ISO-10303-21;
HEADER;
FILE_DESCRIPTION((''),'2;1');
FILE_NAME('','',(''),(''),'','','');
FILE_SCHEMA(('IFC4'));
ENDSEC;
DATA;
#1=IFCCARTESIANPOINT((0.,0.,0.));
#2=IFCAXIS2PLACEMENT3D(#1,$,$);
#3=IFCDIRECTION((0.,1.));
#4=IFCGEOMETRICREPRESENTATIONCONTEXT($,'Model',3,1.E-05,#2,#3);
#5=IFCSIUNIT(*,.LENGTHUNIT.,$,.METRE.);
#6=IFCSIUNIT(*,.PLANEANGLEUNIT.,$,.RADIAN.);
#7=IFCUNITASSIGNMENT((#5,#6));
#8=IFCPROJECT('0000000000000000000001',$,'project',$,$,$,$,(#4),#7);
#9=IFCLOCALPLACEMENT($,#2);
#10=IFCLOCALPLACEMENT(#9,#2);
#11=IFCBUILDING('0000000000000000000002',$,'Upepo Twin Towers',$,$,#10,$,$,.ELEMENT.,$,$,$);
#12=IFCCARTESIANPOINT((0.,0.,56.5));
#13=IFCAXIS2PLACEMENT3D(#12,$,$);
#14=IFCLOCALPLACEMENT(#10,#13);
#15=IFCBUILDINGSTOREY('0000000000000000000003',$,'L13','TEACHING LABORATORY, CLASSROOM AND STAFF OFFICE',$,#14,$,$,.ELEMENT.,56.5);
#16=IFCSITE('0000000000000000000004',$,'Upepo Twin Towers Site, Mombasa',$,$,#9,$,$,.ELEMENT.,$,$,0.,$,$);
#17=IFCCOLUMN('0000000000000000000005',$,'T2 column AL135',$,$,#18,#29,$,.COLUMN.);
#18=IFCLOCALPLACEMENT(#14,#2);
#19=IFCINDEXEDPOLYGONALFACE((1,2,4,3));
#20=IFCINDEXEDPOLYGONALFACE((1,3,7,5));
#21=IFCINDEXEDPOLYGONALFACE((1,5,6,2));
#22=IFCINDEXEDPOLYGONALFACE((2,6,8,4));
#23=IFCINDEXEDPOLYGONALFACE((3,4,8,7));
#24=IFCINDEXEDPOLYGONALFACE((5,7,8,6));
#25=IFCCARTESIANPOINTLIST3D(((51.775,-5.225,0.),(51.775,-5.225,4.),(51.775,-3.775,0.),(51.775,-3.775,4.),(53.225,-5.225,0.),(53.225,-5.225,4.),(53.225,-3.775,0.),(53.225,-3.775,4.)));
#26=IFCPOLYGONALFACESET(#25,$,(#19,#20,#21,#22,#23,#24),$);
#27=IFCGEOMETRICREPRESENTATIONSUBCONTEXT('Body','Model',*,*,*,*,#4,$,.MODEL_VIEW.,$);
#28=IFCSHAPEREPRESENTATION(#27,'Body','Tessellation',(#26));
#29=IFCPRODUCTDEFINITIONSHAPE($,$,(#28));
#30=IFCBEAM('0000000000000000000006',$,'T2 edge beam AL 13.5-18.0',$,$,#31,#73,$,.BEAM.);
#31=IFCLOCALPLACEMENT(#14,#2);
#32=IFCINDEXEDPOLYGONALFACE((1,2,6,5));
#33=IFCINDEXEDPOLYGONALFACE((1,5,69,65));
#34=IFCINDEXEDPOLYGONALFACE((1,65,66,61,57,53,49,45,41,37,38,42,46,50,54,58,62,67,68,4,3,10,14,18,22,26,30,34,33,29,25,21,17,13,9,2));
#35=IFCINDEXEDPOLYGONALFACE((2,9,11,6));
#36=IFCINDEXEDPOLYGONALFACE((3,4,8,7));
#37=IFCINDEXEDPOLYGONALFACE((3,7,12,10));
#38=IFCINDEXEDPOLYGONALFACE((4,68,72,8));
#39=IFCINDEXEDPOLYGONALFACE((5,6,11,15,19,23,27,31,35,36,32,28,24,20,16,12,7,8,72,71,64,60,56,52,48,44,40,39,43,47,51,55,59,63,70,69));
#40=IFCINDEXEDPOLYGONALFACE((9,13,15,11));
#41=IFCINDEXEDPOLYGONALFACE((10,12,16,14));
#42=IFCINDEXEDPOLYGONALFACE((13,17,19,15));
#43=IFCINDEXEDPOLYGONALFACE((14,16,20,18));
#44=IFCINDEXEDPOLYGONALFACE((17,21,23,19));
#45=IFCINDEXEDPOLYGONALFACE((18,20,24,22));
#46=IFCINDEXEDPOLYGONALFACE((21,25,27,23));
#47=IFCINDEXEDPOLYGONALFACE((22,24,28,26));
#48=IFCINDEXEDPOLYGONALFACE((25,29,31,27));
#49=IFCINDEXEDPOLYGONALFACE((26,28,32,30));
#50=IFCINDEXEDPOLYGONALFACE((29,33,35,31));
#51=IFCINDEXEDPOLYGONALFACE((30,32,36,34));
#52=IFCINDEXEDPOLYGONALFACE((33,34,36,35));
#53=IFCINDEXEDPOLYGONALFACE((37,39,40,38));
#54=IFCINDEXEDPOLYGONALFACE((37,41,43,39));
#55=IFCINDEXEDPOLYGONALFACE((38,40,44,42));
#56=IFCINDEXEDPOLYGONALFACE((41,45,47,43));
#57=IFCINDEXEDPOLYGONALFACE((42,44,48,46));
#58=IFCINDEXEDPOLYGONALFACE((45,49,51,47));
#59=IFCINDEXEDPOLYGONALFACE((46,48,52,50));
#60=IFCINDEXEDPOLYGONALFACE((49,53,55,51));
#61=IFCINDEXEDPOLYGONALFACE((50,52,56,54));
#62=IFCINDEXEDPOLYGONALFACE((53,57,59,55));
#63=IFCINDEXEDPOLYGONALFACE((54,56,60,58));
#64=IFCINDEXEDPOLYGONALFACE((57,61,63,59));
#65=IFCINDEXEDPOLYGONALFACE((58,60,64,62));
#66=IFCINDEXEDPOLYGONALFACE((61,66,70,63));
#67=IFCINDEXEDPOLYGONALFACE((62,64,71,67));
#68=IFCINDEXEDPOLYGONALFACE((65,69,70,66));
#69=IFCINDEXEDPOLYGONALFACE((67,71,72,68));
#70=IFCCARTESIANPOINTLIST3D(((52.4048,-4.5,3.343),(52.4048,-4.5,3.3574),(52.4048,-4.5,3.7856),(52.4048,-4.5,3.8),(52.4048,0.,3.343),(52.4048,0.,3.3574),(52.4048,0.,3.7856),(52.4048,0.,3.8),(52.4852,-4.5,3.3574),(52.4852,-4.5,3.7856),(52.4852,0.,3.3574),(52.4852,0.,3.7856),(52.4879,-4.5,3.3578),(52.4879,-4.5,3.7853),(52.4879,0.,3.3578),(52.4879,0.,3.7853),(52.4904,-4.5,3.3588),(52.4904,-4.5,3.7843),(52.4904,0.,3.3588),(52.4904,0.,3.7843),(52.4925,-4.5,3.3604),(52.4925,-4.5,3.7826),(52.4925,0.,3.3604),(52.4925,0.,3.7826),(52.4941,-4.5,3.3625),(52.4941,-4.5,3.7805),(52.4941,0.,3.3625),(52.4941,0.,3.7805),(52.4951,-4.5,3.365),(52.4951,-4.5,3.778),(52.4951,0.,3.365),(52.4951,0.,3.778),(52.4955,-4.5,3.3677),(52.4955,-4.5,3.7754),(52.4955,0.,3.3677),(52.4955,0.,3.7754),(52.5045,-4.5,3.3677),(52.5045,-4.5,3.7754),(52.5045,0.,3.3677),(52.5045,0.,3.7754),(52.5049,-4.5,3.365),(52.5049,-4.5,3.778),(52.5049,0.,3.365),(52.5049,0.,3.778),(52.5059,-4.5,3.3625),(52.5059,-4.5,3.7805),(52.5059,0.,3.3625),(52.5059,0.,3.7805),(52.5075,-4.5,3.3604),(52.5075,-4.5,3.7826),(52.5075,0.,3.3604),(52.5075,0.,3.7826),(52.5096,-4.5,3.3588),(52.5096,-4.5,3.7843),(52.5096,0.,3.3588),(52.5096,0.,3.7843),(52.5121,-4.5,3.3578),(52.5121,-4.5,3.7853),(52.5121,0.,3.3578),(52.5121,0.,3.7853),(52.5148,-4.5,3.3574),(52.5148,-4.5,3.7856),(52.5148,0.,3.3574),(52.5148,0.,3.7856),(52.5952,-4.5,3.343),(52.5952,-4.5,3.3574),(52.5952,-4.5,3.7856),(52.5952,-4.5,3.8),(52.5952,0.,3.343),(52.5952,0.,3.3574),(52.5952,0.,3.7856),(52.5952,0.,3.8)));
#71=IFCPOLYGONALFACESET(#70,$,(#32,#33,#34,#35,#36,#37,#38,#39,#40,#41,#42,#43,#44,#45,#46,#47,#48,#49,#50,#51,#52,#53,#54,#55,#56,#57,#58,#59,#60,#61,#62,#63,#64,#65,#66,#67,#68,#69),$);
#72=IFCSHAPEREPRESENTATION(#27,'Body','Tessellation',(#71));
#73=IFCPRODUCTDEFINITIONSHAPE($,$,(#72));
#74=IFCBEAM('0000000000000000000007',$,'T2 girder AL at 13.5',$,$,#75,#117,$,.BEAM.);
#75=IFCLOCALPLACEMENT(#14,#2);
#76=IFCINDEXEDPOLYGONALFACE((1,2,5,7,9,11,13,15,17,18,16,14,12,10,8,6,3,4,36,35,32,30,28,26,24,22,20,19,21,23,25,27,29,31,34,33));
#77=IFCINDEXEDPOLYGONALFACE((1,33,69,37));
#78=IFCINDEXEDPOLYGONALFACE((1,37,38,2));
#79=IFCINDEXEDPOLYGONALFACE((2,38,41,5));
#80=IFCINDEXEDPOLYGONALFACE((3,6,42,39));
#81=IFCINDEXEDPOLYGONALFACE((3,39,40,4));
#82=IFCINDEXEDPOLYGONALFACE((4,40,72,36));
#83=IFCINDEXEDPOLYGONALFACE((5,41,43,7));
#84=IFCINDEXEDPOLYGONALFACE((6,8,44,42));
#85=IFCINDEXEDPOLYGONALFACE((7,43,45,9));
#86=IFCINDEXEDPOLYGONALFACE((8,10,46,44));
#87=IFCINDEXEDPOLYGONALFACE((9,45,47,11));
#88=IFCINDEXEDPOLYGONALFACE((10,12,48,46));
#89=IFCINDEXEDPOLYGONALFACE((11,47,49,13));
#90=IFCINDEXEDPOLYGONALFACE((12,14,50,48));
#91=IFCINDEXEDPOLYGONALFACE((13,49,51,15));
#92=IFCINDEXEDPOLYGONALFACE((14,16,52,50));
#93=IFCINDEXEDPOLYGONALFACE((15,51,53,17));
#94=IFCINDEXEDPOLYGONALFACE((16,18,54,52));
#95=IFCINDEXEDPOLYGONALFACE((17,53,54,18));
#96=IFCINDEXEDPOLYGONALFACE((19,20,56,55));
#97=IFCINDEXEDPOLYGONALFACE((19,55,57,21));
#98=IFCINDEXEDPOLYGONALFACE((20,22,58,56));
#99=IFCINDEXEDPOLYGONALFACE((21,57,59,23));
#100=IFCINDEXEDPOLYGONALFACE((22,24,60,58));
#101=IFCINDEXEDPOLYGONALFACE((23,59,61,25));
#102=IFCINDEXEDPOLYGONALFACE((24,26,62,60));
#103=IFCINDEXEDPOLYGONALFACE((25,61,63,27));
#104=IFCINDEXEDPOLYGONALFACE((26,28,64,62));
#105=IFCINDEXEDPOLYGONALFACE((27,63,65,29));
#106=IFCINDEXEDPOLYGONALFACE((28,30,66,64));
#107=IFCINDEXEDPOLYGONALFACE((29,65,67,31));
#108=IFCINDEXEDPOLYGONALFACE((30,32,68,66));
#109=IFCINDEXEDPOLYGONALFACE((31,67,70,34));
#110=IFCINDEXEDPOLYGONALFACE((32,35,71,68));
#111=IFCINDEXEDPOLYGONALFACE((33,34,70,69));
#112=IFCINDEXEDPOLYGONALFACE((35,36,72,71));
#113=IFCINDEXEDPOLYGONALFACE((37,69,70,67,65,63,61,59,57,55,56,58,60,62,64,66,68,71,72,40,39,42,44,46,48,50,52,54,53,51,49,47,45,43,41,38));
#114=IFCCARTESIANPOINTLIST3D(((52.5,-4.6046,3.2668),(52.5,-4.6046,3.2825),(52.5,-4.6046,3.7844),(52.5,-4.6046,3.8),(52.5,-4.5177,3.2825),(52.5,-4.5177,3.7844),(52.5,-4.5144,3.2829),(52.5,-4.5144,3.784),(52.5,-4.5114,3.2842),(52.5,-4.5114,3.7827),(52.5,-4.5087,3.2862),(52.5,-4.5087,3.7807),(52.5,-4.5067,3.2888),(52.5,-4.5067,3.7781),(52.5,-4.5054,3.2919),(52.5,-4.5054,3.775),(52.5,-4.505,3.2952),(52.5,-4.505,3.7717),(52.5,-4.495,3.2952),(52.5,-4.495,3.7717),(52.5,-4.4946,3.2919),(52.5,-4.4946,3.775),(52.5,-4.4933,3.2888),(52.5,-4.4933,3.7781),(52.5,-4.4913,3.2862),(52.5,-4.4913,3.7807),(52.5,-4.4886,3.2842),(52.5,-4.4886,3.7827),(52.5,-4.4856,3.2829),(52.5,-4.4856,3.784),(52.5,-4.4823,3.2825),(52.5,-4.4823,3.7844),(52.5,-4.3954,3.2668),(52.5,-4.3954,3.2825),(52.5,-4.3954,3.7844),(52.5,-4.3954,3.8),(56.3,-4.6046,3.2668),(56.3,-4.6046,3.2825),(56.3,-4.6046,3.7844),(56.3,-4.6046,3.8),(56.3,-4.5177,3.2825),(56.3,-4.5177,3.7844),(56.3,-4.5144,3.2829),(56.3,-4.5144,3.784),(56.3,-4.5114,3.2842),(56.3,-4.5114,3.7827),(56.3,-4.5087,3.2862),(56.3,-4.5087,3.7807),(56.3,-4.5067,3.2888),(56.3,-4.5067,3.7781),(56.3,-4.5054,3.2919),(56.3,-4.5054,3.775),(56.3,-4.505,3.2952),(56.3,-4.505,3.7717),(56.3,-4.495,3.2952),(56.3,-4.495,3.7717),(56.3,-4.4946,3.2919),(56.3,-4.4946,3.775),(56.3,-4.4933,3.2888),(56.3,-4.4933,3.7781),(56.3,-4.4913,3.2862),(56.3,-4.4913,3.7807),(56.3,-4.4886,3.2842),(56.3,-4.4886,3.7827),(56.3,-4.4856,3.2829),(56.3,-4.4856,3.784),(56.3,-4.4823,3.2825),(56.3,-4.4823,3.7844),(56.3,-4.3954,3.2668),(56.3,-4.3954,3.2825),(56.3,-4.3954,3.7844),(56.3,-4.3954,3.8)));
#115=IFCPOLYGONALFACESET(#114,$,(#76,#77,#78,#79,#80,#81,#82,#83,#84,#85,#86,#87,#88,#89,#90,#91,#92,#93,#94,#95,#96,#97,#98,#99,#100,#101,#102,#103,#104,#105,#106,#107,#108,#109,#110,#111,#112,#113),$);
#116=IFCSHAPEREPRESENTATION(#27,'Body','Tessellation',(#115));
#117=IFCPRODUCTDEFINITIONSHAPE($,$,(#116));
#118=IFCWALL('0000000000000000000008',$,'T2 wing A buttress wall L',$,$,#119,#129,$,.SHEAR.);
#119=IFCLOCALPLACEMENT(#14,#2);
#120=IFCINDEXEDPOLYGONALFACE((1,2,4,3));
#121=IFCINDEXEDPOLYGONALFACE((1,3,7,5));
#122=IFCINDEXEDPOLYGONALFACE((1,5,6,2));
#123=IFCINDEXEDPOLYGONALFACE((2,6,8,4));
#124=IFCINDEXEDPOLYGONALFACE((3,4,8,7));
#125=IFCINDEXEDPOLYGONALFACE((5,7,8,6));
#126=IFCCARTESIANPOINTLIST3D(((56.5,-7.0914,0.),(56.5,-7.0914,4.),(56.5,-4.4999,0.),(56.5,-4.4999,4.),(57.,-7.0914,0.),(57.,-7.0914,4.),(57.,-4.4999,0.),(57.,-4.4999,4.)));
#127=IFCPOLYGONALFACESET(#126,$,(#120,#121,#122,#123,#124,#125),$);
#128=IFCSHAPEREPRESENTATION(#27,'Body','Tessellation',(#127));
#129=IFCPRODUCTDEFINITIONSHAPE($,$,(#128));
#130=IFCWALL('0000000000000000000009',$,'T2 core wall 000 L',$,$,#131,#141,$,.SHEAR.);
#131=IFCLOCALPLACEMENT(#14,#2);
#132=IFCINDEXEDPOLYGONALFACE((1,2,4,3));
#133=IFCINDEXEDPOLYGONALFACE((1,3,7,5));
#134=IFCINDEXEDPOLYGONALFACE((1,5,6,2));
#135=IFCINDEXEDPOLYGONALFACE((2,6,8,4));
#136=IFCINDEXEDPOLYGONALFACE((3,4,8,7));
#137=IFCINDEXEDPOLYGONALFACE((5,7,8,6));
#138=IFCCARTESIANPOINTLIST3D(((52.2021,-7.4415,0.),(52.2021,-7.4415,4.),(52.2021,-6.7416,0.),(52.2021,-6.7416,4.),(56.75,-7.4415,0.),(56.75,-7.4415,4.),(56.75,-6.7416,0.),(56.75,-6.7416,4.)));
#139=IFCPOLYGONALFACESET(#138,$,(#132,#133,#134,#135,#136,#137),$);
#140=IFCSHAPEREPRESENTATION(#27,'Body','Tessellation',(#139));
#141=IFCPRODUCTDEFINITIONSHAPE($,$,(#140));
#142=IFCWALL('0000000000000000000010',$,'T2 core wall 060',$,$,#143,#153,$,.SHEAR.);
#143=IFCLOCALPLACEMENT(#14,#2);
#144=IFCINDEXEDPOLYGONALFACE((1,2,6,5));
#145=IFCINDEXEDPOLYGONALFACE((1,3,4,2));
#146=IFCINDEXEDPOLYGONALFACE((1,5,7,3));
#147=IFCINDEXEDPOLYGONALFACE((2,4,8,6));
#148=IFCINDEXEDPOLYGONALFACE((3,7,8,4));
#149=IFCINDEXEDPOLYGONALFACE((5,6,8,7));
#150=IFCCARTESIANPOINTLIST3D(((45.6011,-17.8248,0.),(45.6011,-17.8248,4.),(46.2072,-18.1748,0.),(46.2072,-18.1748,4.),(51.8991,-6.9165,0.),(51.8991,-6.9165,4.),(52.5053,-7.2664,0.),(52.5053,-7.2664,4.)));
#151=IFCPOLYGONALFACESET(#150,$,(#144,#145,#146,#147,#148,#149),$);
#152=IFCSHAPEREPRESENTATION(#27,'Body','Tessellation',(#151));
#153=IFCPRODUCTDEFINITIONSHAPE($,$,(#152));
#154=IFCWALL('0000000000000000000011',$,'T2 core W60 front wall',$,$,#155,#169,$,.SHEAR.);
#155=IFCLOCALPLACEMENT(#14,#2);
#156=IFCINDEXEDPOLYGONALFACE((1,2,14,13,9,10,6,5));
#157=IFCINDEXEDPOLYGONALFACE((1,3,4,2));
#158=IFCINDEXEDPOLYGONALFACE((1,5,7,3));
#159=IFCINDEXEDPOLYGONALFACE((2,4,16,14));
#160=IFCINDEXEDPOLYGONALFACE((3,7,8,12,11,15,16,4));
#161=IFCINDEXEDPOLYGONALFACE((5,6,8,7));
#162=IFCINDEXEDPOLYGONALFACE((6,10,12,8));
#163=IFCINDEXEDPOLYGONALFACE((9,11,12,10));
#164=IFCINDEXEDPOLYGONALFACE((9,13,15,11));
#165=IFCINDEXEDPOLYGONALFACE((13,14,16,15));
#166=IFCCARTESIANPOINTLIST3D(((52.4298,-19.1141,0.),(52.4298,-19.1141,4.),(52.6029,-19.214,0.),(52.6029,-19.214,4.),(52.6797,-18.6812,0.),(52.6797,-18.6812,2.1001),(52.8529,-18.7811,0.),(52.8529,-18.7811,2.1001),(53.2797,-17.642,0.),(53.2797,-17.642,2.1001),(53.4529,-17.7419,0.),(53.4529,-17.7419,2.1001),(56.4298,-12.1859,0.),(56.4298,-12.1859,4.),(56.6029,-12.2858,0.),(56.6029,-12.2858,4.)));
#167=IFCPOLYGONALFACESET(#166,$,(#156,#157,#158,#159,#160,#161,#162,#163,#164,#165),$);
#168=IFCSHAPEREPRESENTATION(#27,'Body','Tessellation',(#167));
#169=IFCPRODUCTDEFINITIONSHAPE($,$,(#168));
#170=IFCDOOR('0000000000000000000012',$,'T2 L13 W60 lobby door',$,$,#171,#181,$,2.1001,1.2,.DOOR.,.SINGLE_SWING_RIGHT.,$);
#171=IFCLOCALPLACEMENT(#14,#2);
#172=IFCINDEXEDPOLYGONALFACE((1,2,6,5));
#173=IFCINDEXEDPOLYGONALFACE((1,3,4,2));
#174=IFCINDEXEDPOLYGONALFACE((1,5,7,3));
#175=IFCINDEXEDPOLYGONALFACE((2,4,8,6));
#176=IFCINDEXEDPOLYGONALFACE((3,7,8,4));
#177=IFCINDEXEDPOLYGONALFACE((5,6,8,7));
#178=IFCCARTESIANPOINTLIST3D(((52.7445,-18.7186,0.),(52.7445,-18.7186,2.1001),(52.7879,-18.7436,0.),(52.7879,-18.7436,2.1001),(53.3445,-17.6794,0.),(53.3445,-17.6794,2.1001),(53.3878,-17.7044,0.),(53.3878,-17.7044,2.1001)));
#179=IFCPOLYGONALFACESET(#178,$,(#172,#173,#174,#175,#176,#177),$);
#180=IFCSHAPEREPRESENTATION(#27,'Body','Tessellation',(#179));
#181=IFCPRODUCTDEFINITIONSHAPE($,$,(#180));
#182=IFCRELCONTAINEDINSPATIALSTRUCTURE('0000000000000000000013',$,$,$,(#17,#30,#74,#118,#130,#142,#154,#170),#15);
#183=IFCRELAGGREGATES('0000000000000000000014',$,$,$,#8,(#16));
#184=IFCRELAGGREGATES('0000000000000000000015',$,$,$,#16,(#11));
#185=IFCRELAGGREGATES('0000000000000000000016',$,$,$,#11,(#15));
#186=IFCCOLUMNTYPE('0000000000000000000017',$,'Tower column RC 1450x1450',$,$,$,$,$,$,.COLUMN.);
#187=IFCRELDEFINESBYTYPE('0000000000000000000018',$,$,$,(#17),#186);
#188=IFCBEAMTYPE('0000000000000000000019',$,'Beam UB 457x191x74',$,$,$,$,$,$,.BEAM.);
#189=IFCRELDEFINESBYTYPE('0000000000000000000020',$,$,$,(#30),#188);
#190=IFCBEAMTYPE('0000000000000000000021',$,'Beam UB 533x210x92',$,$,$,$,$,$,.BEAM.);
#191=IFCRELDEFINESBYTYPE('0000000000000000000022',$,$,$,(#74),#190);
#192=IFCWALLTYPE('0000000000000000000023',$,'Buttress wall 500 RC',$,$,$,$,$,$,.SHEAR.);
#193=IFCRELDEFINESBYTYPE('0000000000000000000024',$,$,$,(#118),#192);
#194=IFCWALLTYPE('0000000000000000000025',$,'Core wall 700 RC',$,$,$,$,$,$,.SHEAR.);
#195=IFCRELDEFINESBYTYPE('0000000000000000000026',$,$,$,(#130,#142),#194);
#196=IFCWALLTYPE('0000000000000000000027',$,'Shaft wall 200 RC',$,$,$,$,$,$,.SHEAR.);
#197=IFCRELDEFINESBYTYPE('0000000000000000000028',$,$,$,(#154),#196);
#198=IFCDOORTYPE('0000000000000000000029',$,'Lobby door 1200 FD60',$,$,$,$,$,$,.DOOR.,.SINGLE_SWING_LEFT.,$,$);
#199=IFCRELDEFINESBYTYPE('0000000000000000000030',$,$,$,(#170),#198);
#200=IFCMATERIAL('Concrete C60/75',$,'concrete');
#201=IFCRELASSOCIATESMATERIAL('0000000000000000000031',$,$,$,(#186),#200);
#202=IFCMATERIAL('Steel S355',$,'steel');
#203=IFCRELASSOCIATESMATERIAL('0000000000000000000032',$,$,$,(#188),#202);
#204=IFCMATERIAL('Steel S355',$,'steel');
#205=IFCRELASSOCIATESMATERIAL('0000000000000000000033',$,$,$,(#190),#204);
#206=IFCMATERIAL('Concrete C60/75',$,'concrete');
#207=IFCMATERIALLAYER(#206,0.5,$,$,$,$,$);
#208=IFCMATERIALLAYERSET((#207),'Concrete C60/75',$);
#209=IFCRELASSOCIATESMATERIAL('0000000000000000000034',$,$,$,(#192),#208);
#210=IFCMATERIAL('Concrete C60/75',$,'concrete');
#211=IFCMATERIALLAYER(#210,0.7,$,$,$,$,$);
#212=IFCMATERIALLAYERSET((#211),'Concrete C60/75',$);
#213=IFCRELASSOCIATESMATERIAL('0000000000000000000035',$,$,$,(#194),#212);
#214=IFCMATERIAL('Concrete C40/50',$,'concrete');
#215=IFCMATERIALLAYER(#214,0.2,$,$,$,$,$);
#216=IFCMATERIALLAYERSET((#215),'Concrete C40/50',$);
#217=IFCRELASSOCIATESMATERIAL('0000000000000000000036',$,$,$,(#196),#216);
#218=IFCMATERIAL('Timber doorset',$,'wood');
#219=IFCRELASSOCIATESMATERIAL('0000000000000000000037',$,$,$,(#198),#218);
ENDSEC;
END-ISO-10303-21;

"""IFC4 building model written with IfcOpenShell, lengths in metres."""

from ifc_helpers import new_model, si_unit, direction, frame, frame_2d, origin, origin_2d, place, context, subcontext, project, spatial, rectangle, i_section, extrude, material, layer, layer_set, material_profile, profile_set, type_object, element, fill, save


model = new_model("IFC4")

# Units and contexts
model_context = context("Model", 3, precision=1e-05, world=origin(), true_north=direction((0.0, 1.0)))
body_context = subcontext(model_context, "Body", "Model", "MODEL_VIEW")
ifc_project = project(units=[si_unit("LENGTHUNIT", "METRE"), si_unit("PLANEANGLEUNIT", "RADIAN")], contexts=[model_context])

# Site, building, storey
site_placement = place(None, origin())
site = spatial("IfcSite", under=ifc_project, at=site_placement, Name="Upepo Twin Towers Site, Mombasa", CompositionType="ELEMENT", RefElevation=0.0)
building_placement = place(site_placement, origin())
building = spatial("IfcBuilding", under=site, at=building_placement, Name="Upepo Twin Towers", CompositionType="ELEMENT")
storey_placement = place(building_placement, frame((0.0, 0.0, 56.5)))
storey = spatial("IfcBuildingStorey", under=building, at=storey_placement, Name="L13", Description="TEACHING LABORATORY, CLASSROOM AND STAFF OFFICE", CompositionType="ELEMENT", Elevation=56.5)

# Column
ifc_material_1 = material(Name="Concrete C60/75", Category="concrete")
ifc_material_profile_1 = material_profile(ifc_material_1, rectangle(XDim=1.45, YDim=1.45, at=origin_2d()), Name="RC 1450x1450")
ifc_profile_set_1 = profile_set([ifc_material_profile_1], Name="Concrete C60/75")
column_type = type_object("IfcColumnType", Name="Tower column RC 1450x1450", PredefinedType="COLUMN", material=ifc_profile_set_1)
column_placement = place(storey_placement, frame((52.5, -4.5, 0.0), z_axis=(0.0, 0.0, 1.0), x_axis=(1.0, 0.0, 0.0)))
element("IfcColumn", 1, at=column_placement, inside=storey, type_object=column_type, Name="T2 column AL135", PredefinedType="COLUMN", context=body_context, shape_type="SweptSolid", body=[
    extrude(rectangle(XDim=1.45, YDim=1.45, at=origin_2d()), origin(), (0.0, 0.0, 1.0), 4.0),
])

# Beams
ifc_material_2 = material(Name="Steel S355", Category="steel")
ifc_material_profile_2 = material_profile(ifc_material_2, i_section(OverallWidth=0.1904, OverallDepth=0.457, WebThickness=0.009, FlangeThickness=0.0144, FilletRadius=0.0103, at=origin_2d()), Name="UB 457x191x74")
ifc_profile_set_2 = profile_set([ifc_material_profile_2], Name="Steel S355")
beam_type_1 = type_object("IfcBeamType", Name="Beam UB 457x191x74", PredefinedType="BEAM", material=ifc_profile_set_2)
beam_1_placement = place(storey_placement, frame((52.5, -4.5, 3.5715), z_axis=(0.0, 1.0, 0.0), x_axis=(-1.0, 0.0, 0.0)))
element("IfcBeam", 2, at=beam_1_placement, inside=storey, type_object=beam_type_1, Name="T2 edge beam AL 13.5-18.0", PredefinedType="BEAM", context=body_context, shape_type="SweptSolid", body=[
    extrude(i_section(OverallWidth=0.1904, OverallDepth=0.457, WebThickness=0.009, FlangeThickness=0.0144, FilletRadius=0.0103, at=origin_2d()), origin(), (0.0, 0.0, 1.0), 4.5),
])
ifc_material_3 = material(Name="Steel S355", Category="steel")
ifc_material_profile_3 = material_profile(ifc_material_3, i_section(OverallWidth=0.2092, OverallDepth=0.5332, WebThickness=0.01, FlangeThickness=0.0156, FilletRadius=0.0127, at=origin_2d()), Name="UB 533x210x92")
ifc_profile_set_3 = profile_set([ifc_material_profile_3], Name="Steel S355")
beam_type_2 = type_object("IfcBeamType", Name="Beam UB 533x210x92", PredefinedType="BEAM", material=ifc_profile_set_3)
beam_2_placement = place(storey_placement, frame((52.5, -4.5, 3.5334), z_axis=(1.0, 0.0, 0.0), x_axis=(0.0, 1.0, 0.0)))
element("IfcBeam", 3, at=beam_2_placement, inside=storey, type_object=beam_type_2, Name="T2 girder AL at 13.5", PredefinedType="BEAM", context=body_context, shape_type="SweptSolid", body=[
    extrude(i_section(OverallWidth=0.2092, OverallDepth=0.5332, WebThickness=0.01, FlangeThickness=0.0156, FilletRadius=0.0127, at=origin_2d()), origin(), (0.0, 0.0, 1.0), 3.8),
])

# Walls
ifc_material_4 = material(Name="Concrete C60/75", Category="concrete")
ifc_layer_1 = layer(ifc_material_4, 0.5)
ifc_layer_set_1 = layer_set([ifc_layer_1], Name="Concrete C60/75")
wall_type_1 = type_object("IfcWallType", Name="Buttress wall 500 RC", PredefinedType="SHEAR", material=ifc_layer_set_1)
wall_1_placement = place(storey_placement, frame((56.75, -7.0916, 0.0), z_axis=(0.0, 0.0, 1.0), x_axis=(0.0, 1.0, 0.0)))
element("IfcWall", 4, at=wall_1_placement, inside=storey, type_object=wall_type_1, Name="T2 wing A buttress wall L", PredefinedType="SHEAR", context=body_context, shape_type="SweptSolid", body=[
    extrude(rectangle(XDim=2.5916, YDim=0.5, at=frame_2d((1.2959, 0.0))), origin(), (0.0, 0.0, 1.0), 4.0),
])
ifc_material_5 = material(Name="Concrete C60/75", Category="concrete")
ifc_layer_2 = layer(ifc_material_5, 0.7)
ifc_layer_set_2 = layer_set([ifc_layer_2], Name="Concrete C60/75")
wall_type_2 = type_object("IfcWallType", Name="Core wall 700 RC", PredefinedType="SHEAR", material=ifc_layer_set_2)
wall_2_placement = place(storey_placement, frame((56.75, -7.0916, 0.0), z_axis=(0.0, 0.0, 1.0), x_axis=(-1.0, 0.0, 0.0)))
element("IfcWall", 5, at=wall_2_placement, inside=storey, type_object=wall_type_2, Name="T2 core wall 000 L", PredefinedType="SHEAR", context=body_context, shape_type="SweptSolid", body=[
    extrude(rectangle(XDim=4.5479, YDim=0.7, at=frame_2d((2.2739, 0.0))), origin(), (0.0, 0.0, 1.0), 4.0),
])
wall_3_placement = place(storey_placement, frame((52.2021, -7.0916, 0.0), z_axis=(0.0, 0.0, 1.0), x_axis=(-0.500006, -0.866022, 0.0)))
element("IfcWall", 6, at=wall_3_placement, inside=storey, type_object=wall_type_2, Name="T2 core wall 060", PredefinedType="SHEAR", context=body_context, shape_type="SweptSolid", body=[
    extrude(rectangle(XDim=12.5959, YDim=0.7, at=frame_2d((6.2979, 0.0))), origin(), (0.0, 0.0, 1.0), 4.0),
])

# Wall, opening, door
ifc_material_6 = material(Name="Concrete C40/50", Category="concrete")
ifc_layer_3 = layer(ifc_material_6, 0.2)
ifc_layer_set_3 = layer_set([ifc_layer_3], Name="Concrete C40/50")
wall_type_3 = type_object("IfcWallType", Name="Shaft wall 200 RC", PredefinedType="SHEAR", material=ifc_layer_set_3)
wall_4_placement = place(storey_placement, frame((56.5164, -12.2358, 0.0), z_axis=(0.0, 0.0, 1.0), x_axis=(-0.499999, -0.866026, 0.0)))
wall_4 = element("IfcWall", 7, at=wall_4_placement, inside=storey, type_object=wall_type_3, Name="T2 core W60 front wall", PredefinedType="SHEAR", context=body_context, shape_type="SweptSolid", body=[
    extrude(rectangle(XDim=8.0, YDim=0.2, at=frame_2d((4.0, 0.0))), origin(), (0.0, 0.0, 1.0), 4.0),
])
opening_1_placement = place(wall_4_placement, frame((6.3, 0.0, 0.0)))
opening_1 = element("IfcOpeningElement", 8, at=opening_1_placement, cuts=wall_4, PredefinedType="OPENING", context=body_context, shape_type="SweptSolid", body=[
    extrude(rectangle(XDim=1.2, YDim=2.1001, at=frame_2d((0.6001, 1.05))), frame((0.0, 0.1099, 0.0), z_axis=(0.0, -1.0, 0.0), x_axis=(1.0, 0.0, 0.0)), (0.0, 0.0, 1.0), 0.22),
])
ifc_material_7 = material(Name="Timber doorset", Category="wood")
door_type_1 = type_object("IfcDoorType", Name="Lobby door 1200 FD60", OperationType="SINGLE_SWING_LEFT", PredefinedType="DOOR", material=ifc_material_7)
door_1_placement = place(opening_1_placement, origin())
door_1 = element("IfcDoor", 9, at=door_1_placement, inside=storey, type_object=door_type_1, Name="T2 L13 W60 lobby door", OperationType="SINGLE_SWING_RIGHT", OverallHeight=2.1001, OverallWidth=1.2, PredefinedType="DOOR", context=body_context, shape_type="SweptSolid", body=[
    extrude(rectangle(XDim=1.2, YDim=2.1001, at=frame_2d((0.6001, 1.05))), frame((0.0, 0.0249, 0.0), z_axis=(0.0, -1.0, 0.0), x_axis=(1.0, 0.0, 0.0)), (0.0, 0.0, 1.0), 0.05),
])
fill(opening_1, door_1)

save(model, "model.ifc")
